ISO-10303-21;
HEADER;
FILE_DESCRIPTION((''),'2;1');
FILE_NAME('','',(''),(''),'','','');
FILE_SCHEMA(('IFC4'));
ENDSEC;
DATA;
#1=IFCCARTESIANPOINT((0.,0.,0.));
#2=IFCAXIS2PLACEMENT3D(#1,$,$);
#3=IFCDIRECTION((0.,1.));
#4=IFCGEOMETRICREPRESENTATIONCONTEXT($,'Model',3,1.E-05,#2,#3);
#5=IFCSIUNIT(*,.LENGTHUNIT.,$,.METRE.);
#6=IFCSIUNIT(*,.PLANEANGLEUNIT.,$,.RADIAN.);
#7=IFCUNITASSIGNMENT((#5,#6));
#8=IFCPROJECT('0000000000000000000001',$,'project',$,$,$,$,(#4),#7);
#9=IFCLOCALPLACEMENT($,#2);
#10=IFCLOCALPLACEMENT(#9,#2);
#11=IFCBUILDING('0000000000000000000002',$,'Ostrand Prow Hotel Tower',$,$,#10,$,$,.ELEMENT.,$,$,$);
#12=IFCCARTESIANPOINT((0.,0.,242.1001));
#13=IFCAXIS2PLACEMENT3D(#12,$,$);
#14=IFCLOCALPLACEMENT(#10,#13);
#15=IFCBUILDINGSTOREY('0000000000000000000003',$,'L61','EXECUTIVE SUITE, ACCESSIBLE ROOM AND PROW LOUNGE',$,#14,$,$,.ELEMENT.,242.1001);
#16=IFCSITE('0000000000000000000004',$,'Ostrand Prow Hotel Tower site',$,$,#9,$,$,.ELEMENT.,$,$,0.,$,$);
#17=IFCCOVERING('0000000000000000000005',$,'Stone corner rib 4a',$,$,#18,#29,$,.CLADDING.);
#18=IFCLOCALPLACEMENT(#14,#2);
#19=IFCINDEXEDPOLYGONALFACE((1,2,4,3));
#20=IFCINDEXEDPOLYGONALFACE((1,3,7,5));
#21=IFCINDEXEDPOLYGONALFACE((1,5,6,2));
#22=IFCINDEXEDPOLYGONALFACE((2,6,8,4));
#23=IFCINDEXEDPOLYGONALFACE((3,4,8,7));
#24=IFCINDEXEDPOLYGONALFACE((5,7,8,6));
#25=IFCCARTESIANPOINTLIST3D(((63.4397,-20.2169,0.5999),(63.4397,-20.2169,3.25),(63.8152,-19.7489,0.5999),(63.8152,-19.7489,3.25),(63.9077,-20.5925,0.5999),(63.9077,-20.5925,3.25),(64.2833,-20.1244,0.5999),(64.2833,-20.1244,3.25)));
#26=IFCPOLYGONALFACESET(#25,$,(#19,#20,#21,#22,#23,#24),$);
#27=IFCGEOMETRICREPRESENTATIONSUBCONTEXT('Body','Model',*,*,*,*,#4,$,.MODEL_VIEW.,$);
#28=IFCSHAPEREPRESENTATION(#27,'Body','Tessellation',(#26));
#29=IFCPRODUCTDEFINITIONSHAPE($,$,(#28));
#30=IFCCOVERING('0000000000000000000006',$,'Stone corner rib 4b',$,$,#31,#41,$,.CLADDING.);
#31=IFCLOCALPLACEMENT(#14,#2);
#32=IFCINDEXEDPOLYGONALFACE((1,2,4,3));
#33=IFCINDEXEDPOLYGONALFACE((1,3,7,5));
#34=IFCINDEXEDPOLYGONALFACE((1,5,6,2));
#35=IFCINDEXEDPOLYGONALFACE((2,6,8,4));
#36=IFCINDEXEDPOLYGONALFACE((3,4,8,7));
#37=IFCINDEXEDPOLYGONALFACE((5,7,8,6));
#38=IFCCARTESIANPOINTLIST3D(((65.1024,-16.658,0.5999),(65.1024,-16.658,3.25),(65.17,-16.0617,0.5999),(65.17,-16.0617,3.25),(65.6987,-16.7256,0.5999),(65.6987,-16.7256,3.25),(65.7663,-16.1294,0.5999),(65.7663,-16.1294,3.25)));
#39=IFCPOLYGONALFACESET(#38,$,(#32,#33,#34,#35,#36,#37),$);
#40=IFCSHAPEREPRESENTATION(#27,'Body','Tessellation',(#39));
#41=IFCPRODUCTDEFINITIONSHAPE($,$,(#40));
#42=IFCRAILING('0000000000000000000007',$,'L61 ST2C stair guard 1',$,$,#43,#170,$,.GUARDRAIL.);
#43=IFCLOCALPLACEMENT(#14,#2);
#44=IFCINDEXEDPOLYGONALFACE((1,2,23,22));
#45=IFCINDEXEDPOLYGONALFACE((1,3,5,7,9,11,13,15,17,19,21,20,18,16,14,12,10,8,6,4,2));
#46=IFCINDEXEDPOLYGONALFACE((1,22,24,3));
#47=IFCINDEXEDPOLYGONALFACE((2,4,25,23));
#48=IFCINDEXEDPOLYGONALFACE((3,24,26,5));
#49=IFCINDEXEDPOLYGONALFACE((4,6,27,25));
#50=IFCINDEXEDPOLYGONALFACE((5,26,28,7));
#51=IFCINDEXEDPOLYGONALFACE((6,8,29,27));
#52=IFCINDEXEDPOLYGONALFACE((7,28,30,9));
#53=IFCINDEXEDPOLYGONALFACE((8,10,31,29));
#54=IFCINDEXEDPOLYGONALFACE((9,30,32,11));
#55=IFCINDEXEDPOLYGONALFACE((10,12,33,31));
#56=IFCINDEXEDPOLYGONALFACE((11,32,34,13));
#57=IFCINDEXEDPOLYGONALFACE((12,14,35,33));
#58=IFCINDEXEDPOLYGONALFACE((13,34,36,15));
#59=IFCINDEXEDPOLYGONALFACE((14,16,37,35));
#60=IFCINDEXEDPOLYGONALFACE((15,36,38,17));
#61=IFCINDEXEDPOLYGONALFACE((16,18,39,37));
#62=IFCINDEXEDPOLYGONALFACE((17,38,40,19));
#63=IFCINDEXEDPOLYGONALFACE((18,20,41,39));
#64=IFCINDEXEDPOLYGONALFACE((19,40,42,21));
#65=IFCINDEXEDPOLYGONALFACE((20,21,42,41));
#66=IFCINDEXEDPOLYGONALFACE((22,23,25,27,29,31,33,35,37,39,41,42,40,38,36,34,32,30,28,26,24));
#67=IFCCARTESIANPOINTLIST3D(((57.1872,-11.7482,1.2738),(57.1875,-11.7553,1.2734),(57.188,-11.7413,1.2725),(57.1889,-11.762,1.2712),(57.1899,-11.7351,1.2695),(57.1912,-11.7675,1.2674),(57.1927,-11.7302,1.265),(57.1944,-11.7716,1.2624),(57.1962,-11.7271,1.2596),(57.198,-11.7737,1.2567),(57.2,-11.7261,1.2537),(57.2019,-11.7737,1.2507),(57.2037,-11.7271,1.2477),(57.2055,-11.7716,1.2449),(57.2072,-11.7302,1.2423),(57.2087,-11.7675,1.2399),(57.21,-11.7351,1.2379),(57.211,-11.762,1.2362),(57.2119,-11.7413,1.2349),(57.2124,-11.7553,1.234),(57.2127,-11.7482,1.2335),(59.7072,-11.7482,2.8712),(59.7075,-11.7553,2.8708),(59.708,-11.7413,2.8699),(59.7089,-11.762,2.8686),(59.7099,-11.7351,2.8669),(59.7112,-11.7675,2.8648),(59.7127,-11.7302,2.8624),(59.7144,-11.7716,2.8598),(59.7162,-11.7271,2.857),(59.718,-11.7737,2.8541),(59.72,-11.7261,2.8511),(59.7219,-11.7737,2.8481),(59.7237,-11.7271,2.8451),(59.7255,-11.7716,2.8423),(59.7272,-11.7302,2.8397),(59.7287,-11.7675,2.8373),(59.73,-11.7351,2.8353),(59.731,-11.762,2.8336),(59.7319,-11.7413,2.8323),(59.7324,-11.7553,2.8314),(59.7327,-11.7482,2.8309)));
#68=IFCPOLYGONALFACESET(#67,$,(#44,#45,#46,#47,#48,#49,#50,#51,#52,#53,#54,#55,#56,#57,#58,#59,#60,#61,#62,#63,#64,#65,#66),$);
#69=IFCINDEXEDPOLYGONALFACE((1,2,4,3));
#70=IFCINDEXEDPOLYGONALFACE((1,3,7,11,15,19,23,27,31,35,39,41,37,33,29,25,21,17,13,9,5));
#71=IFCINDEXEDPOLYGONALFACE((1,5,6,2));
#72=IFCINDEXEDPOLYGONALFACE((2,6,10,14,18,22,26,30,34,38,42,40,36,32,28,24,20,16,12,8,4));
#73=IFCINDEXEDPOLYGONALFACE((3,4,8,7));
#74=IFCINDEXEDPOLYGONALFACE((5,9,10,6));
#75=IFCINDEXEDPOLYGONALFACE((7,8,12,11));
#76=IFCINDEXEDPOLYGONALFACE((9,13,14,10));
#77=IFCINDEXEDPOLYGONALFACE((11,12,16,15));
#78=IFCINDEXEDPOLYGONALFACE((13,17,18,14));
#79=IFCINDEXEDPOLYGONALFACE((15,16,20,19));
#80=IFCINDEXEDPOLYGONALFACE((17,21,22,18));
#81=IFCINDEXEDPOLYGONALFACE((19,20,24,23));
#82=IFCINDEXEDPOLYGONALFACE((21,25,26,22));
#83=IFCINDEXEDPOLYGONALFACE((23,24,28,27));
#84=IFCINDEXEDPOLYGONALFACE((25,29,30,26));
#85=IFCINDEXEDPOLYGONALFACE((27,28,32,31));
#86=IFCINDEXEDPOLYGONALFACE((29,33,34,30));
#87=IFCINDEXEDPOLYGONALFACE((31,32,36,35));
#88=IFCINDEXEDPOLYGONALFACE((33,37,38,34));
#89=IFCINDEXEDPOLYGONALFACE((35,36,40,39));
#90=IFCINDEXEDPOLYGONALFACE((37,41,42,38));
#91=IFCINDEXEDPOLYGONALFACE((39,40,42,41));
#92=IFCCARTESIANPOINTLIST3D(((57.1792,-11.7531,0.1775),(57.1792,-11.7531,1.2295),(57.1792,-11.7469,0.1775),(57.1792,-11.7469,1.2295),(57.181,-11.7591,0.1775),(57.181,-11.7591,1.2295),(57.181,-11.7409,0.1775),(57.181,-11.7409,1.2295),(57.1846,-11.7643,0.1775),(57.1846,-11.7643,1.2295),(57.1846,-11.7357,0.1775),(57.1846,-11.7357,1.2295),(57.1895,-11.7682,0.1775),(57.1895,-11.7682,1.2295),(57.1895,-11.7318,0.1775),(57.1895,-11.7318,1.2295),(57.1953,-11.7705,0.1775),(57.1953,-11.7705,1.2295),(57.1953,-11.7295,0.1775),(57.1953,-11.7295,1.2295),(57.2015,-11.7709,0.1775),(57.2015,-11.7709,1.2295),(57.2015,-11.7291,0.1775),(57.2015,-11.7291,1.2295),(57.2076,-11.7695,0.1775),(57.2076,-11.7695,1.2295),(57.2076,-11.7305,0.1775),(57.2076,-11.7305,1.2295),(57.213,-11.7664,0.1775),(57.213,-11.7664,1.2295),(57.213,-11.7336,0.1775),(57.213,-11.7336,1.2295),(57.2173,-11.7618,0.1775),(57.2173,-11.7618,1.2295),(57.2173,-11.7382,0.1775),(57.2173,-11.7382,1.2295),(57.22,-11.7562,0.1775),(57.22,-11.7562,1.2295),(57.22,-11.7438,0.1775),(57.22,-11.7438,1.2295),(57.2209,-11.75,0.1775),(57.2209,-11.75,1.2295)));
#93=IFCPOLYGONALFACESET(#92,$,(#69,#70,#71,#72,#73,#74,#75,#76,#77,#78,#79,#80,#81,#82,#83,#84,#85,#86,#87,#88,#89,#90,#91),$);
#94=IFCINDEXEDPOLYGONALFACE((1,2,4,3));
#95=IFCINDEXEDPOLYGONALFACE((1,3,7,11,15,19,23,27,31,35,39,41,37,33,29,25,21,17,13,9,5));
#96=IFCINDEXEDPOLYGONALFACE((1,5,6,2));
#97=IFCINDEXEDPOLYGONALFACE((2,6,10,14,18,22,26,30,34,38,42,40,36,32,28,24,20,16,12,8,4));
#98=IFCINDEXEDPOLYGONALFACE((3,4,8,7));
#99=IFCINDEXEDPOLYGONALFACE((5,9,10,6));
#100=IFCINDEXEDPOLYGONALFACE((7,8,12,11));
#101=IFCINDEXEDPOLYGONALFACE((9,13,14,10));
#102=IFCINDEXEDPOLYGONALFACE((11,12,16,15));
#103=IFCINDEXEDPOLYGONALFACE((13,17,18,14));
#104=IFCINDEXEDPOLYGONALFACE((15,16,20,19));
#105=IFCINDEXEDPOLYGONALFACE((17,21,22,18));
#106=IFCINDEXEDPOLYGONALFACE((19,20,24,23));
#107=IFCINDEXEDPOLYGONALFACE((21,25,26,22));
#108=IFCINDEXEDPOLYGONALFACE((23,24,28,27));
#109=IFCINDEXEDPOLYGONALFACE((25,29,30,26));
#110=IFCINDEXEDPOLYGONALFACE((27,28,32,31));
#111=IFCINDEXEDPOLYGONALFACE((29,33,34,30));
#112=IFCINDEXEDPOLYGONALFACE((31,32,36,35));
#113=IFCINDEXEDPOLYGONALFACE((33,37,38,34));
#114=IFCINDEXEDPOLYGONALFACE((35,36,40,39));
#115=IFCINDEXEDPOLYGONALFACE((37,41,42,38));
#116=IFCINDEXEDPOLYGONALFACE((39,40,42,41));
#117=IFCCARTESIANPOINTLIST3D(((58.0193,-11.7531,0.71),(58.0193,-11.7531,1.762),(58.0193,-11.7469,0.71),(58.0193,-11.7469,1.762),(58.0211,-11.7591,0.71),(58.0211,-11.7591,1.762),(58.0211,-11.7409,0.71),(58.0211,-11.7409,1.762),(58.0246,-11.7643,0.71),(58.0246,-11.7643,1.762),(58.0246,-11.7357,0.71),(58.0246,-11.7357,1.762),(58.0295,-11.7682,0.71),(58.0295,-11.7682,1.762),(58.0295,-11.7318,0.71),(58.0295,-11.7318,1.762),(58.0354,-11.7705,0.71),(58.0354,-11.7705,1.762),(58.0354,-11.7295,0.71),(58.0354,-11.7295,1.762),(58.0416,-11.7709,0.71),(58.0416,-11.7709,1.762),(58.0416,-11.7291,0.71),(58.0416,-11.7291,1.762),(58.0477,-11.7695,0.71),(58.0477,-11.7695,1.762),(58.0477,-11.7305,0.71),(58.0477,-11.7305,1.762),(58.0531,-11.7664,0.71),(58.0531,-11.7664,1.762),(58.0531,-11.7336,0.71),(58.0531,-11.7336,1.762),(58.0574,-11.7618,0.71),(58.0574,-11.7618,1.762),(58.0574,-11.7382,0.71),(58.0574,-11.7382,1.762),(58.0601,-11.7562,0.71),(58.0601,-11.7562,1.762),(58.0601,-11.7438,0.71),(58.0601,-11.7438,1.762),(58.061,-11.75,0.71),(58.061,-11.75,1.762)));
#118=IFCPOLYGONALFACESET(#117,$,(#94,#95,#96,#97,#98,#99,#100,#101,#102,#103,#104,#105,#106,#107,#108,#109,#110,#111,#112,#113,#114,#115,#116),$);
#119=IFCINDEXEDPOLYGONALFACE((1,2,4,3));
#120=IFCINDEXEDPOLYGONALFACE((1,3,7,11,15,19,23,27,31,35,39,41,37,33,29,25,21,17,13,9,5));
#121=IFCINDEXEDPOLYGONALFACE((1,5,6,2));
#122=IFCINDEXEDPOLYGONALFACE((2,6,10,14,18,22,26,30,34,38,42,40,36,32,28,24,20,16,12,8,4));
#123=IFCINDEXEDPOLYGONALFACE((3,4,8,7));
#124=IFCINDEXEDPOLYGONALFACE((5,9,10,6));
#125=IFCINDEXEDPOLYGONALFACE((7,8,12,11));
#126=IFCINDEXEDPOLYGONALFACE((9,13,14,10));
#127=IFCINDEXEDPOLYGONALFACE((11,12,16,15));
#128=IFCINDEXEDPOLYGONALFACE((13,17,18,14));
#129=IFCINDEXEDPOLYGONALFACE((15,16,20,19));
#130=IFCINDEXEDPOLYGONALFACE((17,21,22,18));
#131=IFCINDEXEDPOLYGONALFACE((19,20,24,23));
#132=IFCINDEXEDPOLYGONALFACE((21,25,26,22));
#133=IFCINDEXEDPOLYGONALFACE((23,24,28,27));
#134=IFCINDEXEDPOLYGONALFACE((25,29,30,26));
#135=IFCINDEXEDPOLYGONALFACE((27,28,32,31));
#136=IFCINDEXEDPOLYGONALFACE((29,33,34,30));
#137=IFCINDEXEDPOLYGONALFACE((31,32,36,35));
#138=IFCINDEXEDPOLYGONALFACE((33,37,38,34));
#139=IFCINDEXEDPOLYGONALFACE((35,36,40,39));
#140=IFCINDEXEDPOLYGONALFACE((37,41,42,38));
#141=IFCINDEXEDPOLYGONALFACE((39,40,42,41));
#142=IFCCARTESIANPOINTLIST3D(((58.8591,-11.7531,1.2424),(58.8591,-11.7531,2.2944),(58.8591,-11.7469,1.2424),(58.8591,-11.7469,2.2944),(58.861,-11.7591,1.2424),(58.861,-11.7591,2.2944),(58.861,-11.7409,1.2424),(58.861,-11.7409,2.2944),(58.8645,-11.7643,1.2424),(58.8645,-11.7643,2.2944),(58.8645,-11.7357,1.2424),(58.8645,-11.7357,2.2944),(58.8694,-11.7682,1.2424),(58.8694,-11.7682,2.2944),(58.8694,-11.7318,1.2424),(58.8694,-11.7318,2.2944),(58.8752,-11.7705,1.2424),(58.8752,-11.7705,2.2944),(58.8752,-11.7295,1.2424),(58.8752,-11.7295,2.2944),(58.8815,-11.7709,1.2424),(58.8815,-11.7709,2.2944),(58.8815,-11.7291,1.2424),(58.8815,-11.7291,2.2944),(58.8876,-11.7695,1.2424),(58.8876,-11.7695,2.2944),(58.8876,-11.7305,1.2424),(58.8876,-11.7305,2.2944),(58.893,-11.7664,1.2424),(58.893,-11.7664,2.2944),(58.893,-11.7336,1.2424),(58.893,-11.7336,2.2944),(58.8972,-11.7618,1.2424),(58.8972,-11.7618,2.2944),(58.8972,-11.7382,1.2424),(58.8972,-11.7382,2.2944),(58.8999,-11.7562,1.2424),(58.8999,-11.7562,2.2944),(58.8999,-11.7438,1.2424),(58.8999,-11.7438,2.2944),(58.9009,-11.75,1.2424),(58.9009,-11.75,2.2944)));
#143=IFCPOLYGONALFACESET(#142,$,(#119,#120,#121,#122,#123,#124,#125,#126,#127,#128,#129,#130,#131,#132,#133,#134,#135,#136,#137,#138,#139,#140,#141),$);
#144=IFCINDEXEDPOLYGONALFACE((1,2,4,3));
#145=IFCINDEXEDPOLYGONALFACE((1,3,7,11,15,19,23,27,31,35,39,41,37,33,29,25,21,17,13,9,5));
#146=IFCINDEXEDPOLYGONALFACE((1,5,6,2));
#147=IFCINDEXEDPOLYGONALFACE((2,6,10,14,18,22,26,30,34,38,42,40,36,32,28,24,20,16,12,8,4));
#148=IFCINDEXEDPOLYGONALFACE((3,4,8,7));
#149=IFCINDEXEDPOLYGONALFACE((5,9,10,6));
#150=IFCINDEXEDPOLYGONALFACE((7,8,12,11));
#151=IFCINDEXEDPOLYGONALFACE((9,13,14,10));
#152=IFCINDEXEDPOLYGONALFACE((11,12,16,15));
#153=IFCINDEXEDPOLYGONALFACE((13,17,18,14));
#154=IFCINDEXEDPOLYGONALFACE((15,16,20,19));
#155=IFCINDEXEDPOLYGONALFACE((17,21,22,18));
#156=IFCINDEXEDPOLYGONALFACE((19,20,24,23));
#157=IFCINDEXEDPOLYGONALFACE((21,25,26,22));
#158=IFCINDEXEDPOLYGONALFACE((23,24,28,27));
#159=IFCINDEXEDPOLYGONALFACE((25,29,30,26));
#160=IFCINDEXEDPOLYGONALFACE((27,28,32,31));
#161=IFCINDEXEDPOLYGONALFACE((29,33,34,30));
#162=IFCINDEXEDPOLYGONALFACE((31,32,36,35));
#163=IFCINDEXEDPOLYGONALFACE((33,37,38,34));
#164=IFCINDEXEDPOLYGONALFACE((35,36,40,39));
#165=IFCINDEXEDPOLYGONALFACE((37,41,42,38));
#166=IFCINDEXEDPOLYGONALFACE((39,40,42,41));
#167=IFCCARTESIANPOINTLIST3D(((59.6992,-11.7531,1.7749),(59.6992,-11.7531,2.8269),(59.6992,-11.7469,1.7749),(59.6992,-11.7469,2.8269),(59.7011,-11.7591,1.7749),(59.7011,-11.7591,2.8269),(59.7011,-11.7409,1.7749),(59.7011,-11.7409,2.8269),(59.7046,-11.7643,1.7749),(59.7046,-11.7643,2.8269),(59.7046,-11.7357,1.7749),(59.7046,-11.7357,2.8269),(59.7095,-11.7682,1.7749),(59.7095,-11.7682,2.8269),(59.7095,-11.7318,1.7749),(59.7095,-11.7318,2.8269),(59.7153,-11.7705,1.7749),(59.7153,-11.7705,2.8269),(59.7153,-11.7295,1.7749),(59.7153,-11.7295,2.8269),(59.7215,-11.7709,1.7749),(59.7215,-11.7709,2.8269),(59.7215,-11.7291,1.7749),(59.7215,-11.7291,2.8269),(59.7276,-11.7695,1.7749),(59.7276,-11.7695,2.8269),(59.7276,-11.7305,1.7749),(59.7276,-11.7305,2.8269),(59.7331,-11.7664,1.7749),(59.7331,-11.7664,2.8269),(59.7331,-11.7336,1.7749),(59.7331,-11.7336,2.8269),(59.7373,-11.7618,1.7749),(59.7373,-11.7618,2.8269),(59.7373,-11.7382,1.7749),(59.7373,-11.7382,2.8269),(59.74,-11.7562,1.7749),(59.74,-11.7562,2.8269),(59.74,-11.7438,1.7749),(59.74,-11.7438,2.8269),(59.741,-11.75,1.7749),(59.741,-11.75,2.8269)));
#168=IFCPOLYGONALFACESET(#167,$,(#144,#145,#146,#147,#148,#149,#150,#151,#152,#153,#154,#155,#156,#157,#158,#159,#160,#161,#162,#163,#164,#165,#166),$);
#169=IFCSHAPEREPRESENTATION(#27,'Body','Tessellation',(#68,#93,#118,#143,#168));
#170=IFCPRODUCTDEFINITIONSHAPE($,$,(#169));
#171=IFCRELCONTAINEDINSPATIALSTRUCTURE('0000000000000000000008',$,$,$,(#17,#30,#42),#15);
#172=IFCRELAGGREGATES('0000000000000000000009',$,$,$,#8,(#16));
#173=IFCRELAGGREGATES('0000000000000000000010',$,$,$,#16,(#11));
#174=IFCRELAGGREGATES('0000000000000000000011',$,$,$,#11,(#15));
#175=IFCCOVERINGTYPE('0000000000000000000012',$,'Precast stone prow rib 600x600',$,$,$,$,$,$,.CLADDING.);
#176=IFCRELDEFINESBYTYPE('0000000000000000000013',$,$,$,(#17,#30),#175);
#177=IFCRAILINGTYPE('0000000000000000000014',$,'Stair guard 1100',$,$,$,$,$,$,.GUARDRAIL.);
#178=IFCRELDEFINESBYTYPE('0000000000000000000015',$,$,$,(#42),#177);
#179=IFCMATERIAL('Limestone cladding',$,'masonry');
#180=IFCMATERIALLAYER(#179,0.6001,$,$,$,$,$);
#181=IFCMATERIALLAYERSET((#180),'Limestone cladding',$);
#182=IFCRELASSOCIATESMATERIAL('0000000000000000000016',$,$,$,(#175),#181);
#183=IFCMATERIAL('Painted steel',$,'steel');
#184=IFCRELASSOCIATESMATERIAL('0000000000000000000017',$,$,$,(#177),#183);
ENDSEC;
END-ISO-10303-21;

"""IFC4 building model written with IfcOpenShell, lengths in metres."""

from ifc_helpers import new_model, si_unit, direction, frame, frame_2d, origin, origin_2d, place, context, subcontext, project, spatial, rectangle, circle, extrude, material, layer, layer_set, type_object, element, save


model = new_model("IFC4")

# Units and contexts
model_context = context("Model", 3, precision=1e-05, world=origin(), true_north=direction((0.0, 1.0)))
body_context = subcontext(model_context, "Body", "Model", "MODEL_VIEW")
ifc_project = project(units=[si_unit("LENGTHUNIT", "METRE"), si_unit("PLANEANGLEUNIT", "RADIAN")], contexts=[model_context])

# Site, building, storey
site_placement = place(None, origin())
site = spatial("IfcSite", under=ifc_project, at=site_placement, Name="Ostrand Prow Hotel Tower site", CompositionType="ELEMENT", RefElevation=0.0)
building_placement = place(site_placement, origin())
building = spatial("IfcBuilding", under=site, at=building_placement, Name="Ostrand Prow Hotel Tower", CompositionType="ELEMENT")
storey_placement = place(building_placement, frame((0.0, 0.0, 242.1001)))
storey = spatial("IfcBuildingStorey", under=building, at=storey_placement, Name="L61", Description="EXECUTIVE SUITE, ACCESSIBLE ROOM AND PROW LOUNGE", CompositionType="ELEMENT", Elevation=242.1001)

# Coverings
ifc_material_1 = material(Name="Limestone cladding", Category="masonry")
ifc_layer_1 = layer(ifc_material_1, 0.6001)
ifc_layer_set_1 = layer_set([ifc_layer_1], Name="Limestone cladding")
covering_type = type_object("IfcCoveringType", Name="Precast stone prow rib 600x600", PredefinedType="CLADDING", material=ifc_layer_set_1)
for number, where, z_axis, x_axis, name in (
    (1, (63.6274, -19.9829, 0.5999), (0.0, 0.0, 1.0), (0.779995, -0.625786, 0.0), "Stone corner rib 4a"),
    (2, (65.1362, -16.3599, 0.5999), (0.0, 0.0, 1.0), (0.993628, -0.112709, 0.0), "Stone corner rib 4b"),
):
    element("IfcCovering", number, at=place(storey_placement, frame(where, z_axis=z_axis, x_axis=x_axis)), inside=storey, type_object=covering_type, Name=name, PredefinedType="CLADDING", context=body_context, shape_type="SweptSolid", body=[
        extrude(rectangle(XDim=0.6001, YDim=0.6001, at=frame_2d((0.3, 0.0))), origin(), (0.0, 0.0, 1.0), 2.6501),
    ])

# Railing
ifc_material_2 = material(Name="Painted steel", Category="steel")
railing_type_1 = type_object("IfcRailingType", Name="Stair guard 1100", PredefinedType="GUARDRAIL", material=ifc_material_2)
railing_1_placement = place(storey_placement, frame((57.2, -11.75, 0.1775)))
element("IfcRailing", 3, at=railing_1_placement, inside=storey, type_object=railing_type_1, Name="L61 ST2C stair guard 1", PredefinedType="GUARDRAIL", context=body_context, shape_type="SweptSolid", body=[
    extrude(circle(Radius=0.0239, at=origin_2d()), frame((0.0, 0.0, 1.0762), z_axis=(0.844607, 0.0, 0.535387), x_axis=(0.0, 1.0, 0.0)), (0.0, 0.0, 1.0), 2.9836),
    extrude(circle(Radius=0.021, at=origin_2d()), origin(), (0.0, 0.0, 1.0), 1.052),
    extrude(circle(Radius=0.021, at=origin_2d()), frame((0.8401, 0.0, 0.5325)), (0.0, 0.0, 1.0), 1.052),
    extrude(circle(Radius=0.021, at=origin_2d()), frame((1.6799, 0.0, 1.0649)), (0.0, 0.0, 1.0), 1.052),
    extrude(circle(Radius=0.021, at=origin_2d()), frame((2.52, 0.0, 1.5974)), (0.0, 0.0, 1.0), 1.052),
])

save(model, "model.ifc")
